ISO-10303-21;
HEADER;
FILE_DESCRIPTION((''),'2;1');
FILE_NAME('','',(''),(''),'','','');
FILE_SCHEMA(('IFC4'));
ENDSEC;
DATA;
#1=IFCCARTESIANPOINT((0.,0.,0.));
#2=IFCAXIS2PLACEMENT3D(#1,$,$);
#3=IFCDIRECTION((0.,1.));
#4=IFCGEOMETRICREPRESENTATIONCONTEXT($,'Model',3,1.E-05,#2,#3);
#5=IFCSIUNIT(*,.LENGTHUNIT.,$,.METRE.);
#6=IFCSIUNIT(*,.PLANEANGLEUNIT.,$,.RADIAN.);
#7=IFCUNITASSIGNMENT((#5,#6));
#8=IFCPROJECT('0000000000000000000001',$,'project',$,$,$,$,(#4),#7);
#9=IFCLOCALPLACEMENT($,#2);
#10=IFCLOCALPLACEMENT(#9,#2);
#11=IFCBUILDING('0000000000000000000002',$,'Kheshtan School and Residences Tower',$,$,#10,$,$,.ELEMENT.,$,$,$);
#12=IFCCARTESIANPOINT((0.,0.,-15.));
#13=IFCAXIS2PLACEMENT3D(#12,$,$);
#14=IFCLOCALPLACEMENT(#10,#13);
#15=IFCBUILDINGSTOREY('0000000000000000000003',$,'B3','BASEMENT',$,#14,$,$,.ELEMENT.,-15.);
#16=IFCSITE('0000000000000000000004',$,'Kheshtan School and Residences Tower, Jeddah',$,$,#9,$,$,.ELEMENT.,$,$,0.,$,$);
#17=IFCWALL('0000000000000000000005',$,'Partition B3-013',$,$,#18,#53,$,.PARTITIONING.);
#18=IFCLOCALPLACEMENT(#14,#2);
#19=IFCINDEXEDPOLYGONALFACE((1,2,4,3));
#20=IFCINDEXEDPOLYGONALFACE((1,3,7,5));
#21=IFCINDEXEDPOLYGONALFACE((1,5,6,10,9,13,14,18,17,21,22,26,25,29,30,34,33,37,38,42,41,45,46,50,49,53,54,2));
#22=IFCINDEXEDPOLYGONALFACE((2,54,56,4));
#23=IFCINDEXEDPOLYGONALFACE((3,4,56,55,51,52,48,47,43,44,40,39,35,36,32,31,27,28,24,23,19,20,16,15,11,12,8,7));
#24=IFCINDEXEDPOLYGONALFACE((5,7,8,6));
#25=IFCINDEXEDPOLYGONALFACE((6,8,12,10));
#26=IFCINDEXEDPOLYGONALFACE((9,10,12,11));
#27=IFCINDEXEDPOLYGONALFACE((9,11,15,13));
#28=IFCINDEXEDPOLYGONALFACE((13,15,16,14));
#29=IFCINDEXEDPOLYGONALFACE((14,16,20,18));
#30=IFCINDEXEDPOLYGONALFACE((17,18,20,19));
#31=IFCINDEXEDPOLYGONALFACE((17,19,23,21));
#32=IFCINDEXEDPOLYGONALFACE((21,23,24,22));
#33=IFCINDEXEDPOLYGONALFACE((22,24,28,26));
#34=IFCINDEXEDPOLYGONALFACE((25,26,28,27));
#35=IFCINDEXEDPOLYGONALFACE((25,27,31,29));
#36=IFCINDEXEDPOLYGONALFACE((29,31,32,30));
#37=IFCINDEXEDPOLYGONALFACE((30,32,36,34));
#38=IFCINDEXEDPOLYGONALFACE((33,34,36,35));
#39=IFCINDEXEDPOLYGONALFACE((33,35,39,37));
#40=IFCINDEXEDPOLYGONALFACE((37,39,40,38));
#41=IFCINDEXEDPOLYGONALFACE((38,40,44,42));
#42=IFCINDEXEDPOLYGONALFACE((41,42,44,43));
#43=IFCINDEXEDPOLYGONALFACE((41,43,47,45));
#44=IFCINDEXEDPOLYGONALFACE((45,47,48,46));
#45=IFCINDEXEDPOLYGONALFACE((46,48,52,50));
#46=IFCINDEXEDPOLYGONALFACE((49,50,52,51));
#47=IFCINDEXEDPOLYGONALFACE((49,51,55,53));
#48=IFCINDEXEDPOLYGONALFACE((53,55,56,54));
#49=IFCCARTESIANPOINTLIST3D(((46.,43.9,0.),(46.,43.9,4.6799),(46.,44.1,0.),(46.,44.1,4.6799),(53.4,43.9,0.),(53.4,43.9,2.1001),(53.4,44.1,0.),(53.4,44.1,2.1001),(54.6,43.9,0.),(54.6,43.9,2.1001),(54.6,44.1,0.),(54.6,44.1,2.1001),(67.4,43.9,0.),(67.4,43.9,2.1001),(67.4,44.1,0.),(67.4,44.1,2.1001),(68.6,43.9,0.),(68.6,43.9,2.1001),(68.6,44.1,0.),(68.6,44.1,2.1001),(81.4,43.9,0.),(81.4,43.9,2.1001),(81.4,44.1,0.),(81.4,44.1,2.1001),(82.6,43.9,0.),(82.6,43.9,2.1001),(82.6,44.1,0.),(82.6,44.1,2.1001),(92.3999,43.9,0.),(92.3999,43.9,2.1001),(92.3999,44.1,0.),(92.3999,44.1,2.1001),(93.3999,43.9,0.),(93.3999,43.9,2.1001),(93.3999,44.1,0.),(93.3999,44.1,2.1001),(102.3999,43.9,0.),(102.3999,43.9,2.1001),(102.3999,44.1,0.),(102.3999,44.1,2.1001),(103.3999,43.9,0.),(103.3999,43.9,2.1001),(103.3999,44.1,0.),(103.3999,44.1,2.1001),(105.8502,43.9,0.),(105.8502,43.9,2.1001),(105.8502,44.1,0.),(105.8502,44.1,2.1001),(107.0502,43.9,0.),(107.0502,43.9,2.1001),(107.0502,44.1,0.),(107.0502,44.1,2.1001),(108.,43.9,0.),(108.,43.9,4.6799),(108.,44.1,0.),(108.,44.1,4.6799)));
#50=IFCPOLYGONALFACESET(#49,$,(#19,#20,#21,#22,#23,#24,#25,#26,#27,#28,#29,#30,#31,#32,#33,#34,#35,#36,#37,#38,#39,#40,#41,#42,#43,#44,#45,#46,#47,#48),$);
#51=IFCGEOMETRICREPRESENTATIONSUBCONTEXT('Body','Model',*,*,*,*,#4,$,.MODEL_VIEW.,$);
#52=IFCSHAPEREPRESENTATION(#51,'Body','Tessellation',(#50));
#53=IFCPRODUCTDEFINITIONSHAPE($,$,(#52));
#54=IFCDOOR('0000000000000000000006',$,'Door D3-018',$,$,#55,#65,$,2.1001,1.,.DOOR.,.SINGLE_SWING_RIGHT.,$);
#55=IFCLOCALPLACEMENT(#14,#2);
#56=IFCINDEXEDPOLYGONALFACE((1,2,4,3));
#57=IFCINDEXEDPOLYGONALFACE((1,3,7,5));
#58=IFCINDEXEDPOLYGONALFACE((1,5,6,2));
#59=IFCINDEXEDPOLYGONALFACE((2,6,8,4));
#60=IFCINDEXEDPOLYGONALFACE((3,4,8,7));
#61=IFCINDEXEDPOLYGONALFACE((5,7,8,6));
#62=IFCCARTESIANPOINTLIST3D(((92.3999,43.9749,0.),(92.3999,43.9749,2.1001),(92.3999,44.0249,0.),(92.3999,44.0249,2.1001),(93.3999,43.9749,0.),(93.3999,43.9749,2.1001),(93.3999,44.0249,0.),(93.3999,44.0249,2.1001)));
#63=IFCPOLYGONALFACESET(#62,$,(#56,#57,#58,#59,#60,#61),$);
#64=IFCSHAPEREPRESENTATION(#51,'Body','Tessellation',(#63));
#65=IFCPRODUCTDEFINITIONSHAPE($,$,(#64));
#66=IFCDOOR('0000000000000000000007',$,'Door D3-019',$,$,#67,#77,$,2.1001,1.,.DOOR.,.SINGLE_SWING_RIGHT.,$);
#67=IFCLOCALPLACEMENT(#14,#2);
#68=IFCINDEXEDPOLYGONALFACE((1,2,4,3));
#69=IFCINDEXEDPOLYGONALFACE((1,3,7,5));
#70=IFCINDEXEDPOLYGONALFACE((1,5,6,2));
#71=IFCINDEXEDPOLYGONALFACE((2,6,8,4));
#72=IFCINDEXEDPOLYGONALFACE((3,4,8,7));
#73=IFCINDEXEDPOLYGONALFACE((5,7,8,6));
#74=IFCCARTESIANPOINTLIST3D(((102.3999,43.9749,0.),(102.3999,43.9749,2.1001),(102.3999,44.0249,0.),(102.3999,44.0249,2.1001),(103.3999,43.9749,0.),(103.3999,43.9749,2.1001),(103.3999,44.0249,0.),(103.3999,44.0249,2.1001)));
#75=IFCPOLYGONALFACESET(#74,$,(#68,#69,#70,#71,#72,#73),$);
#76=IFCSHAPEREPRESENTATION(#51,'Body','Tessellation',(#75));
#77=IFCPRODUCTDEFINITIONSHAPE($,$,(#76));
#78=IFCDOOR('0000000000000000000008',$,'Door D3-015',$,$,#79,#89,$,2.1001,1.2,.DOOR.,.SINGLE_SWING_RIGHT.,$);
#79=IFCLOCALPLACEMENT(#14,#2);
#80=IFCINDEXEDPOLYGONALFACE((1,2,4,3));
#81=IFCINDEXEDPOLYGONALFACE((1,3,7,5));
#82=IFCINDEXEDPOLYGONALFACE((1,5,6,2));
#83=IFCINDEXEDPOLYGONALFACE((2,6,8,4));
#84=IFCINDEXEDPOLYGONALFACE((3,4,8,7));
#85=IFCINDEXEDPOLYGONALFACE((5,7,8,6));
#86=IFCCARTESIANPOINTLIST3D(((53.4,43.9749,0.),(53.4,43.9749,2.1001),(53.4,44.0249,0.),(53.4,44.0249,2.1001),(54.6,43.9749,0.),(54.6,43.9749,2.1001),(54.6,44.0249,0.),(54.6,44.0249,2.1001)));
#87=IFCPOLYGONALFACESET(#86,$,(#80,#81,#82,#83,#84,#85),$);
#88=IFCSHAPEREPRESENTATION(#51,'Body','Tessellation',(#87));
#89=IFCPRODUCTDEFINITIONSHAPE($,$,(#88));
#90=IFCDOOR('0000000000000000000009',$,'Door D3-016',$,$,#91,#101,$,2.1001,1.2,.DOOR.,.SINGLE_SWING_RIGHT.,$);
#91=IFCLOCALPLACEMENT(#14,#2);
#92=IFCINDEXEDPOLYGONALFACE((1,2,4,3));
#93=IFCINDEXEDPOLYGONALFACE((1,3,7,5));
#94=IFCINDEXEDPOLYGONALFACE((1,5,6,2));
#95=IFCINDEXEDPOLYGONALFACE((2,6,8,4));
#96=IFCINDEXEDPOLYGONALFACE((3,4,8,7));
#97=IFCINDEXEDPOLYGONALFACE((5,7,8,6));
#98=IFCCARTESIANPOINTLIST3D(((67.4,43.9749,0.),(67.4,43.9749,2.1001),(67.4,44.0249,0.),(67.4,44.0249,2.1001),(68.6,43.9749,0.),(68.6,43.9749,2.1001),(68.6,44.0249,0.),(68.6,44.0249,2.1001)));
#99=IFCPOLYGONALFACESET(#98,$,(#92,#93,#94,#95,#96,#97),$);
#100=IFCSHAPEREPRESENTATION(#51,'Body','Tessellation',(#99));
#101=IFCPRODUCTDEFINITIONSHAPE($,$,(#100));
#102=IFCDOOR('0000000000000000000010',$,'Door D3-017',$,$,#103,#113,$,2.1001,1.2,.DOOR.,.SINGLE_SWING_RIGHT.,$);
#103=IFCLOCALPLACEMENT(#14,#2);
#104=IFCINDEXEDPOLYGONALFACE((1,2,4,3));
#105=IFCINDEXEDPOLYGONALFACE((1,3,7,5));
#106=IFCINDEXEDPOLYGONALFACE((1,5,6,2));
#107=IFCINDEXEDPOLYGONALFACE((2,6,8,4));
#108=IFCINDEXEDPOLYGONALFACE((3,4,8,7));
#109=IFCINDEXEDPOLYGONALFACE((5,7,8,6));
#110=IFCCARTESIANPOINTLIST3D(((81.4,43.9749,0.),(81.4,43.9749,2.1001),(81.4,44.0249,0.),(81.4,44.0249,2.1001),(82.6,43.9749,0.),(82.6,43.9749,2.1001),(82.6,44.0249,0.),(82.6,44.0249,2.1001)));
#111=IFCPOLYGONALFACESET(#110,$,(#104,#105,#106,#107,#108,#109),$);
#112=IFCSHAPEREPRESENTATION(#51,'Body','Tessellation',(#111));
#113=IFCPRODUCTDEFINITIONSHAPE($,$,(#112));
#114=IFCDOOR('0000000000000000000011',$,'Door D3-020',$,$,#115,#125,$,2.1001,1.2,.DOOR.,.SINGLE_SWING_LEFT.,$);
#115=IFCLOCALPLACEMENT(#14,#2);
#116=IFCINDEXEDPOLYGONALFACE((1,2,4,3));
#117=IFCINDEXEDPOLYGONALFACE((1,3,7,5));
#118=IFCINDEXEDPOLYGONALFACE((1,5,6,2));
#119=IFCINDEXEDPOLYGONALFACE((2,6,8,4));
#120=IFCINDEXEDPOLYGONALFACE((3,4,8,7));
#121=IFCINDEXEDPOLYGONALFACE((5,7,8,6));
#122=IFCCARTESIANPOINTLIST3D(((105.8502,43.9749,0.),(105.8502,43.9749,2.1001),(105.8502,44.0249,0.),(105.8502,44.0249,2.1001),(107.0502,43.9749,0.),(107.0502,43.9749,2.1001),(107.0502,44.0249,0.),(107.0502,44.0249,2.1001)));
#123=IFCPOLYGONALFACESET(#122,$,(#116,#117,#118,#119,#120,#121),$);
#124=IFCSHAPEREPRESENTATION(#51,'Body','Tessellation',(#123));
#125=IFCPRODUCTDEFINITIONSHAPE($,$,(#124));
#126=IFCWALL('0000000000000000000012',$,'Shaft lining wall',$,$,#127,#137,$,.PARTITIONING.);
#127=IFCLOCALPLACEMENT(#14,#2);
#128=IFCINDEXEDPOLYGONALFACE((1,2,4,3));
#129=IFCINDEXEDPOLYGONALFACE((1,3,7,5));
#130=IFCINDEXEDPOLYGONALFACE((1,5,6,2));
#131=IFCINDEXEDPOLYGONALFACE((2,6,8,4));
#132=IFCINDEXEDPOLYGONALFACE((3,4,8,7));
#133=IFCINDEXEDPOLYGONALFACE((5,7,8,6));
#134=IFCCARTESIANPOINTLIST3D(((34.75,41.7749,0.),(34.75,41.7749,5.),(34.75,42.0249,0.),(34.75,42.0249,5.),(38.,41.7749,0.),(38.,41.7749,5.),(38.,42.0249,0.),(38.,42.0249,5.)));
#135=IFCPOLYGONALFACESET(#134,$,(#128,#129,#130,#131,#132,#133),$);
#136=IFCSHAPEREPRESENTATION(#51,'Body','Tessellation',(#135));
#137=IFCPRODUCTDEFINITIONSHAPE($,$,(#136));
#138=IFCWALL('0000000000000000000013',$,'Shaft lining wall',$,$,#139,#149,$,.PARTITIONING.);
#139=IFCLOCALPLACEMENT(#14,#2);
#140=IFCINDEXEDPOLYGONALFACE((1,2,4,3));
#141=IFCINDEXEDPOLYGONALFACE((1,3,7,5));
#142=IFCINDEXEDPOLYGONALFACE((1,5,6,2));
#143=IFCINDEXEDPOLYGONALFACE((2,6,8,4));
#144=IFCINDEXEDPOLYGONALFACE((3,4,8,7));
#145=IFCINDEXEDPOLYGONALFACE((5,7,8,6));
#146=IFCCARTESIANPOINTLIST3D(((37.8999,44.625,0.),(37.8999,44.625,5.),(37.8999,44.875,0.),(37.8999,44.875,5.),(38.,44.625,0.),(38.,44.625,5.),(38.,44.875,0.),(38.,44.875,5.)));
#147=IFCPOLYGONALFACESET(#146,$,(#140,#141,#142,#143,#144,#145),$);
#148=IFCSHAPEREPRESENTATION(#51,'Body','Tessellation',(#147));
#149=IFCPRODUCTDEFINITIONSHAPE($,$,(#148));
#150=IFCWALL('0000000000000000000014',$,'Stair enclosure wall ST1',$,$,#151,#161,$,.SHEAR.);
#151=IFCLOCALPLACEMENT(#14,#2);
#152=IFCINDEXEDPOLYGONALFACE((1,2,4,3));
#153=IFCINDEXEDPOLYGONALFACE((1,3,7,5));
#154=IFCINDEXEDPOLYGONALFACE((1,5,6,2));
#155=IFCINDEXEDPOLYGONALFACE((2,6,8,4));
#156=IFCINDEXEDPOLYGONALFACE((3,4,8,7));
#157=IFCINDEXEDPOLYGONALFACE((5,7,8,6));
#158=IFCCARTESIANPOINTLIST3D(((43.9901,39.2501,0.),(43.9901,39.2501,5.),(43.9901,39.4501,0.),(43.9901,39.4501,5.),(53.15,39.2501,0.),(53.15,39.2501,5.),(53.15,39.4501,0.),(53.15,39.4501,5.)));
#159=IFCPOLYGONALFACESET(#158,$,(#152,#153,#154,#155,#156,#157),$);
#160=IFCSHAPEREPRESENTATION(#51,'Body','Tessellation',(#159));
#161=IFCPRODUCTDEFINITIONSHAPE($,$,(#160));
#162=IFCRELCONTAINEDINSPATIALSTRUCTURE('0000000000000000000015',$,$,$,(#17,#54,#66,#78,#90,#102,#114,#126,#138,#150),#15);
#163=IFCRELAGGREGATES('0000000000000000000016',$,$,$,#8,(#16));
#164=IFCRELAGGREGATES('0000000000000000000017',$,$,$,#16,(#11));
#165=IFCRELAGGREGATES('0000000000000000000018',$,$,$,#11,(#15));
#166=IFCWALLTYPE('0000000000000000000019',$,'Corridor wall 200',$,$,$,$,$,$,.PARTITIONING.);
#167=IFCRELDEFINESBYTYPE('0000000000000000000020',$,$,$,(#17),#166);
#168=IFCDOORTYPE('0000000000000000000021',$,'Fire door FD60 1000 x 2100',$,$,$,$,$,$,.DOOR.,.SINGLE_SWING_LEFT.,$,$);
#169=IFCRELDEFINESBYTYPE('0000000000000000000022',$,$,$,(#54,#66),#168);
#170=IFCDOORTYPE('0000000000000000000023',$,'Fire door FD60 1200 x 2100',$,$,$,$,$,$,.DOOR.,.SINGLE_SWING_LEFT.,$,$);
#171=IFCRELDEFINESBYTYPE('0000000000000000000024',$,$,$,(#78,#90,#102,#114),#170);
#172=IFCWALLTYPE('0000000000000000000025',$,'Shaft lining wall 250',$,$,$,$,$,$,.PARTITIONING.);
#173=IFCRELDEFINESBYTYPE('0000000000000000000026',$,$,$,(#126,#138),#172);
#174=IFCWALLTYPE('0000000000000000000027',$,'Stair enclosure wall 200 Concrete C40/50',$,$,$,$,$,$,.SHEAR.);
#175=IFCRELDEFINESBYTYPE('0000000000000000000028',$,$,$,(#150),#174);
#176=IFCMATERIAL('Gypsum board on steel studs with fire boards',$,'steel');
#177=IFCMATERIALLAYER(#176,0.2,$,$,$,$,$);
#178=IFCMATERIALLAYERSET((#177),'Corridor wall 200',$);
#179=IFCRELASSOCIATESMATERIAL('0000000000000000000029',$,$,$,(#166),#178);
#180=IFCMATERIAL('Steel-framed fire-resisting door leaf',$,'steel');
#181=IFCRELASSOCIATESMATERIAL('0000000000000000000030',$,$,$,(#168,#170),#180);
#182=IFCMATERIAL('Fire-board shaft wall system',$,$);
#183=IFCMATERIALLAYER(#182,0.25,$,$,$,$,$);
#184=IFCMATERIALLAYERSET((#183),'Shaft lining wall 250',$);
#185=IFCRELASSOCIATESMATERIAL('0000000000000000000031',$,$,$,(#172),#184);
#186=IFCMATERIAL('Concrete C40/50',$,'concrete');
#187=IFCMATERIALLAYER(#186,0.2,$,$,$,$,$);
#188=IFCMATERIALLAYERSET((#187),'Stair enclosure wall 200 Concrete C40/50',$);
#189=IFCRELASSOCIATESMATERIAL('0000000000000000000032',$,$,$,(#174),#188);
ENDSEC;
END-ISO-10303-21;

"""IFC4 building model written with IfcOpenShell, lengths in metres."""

from ifc_helpers import new_model, si_unit, direction, frame, frame_2d, origin, place, context, subcontext, project, spatial, rectangle, extrude, source, transform, mapped, material, layer, layer_set, type_object, element, fill, save


model = new_model("IFC4")

# Units and contexts
model_context = context("Model", 3, precision=1e-05, world=origin(), true_north=direction((0.0, 1.0)))
body_context = subcontext(model_context, "Body", "Model", "MODEL_VIEW")
ifc_project = project(units=[si_unit("LENGTHUNIT", "METRE"), si_unit("PLANEANGLEUNIT", "RADIAN")], contexts=[model_context])

# Site, building, storey
site_placement = place(None, origin())
site = spatial("IfcSite", under=ifc_project, at=site_placement, Name="Kheshtan School and Residences Tower, Jeddah", CompositionType="ELEMENT", RefElevation=0.0)
building_placement = place(site_placement, origin())
building = spatial("IfcBuilding", under=site, at=building_placement, Name="Kheshtan School and Residences Tower", CompositionType="ELEMENT")
storey_placement = place(building_placement, frame((0.0, 0.0, -15.0)))
storey = spatial("IfcBuildingStorey", under=building, at=storey_placement, Name="B3", Description="BASEMENT", CompositionType="ELEMENT", Elevation=-15.0)

# Wall, openings, doors
ifc_material_1 = material(Name="Gypsum board on steel studs with fire boards", Category="steel")
ifc_layer_1 = layer(ifc_material_1, 0.2)
ifc_layer_set_1 = layer_set([ifc_layer_1], Name="Corridor wall 200")
wall_type_1 = type_object("IfcWallType", Name="Corridor wall 200", PredefinedType="PARTITIONING", material=ifc_layer_set_1)
wall_1_placement = place(storey_placement, frame((46.0, 44.0, 0.0), z_axis=(0.0, 0.0, 1.0), x_axis=(1.0, 0.0, 0.0)))
wall_1 = element("IfcWall", 1, at=wall_1_placement, inside=storey, type_object=wall_type_1, Name="Partition B3-013", PredefinedType="PARTITIONING", context=body_context, shape_type="SweptSolid", body=[
    extrude(rectangle(XDim=62.0, YDim=0.2, at=frame_2d((31.0, 0.0))), origin(), (0.0, 0.0, 1.0), 4.6799),
])
opening_1_placement = place(wall_1_placement, frame((7.3999, 0.0, 0.0)))
opening_1 = element("IfcOpeningElement", 2, at=opening_1_placement, cuts=wall_1, PredefinedType="OPENING", context=body_context, shape_type="SweptSolid", body=[
    extrude(rectangle(XDim=1.2, YDim=2.1001, at=frame_2d((0.6001, 1.05))), frame((0.0, 0.1099, 0.0), z_axis=(0.0, -1.0, 0.0), x_axis=(1.0, 0.0, 0.0)), (0.0, 0.0, 1.0), 0.22),
])
opening_2_placement = place(wall_1_placement, frame((21.3999, 0.0, 0.0)))
opening_2 = element("IfcOpeningElement", 3, at=opening_2_placement, cuts=wall_1, PredefinedType="OPENING", context=body_context, shape_type="SweptSolid", body=[
    extrude(rectangle(XDim=1.2, YDim=2.1001, at=frame_2d((0.6001, 1.05))), frame((0.0, 0.1099, 0.0), z_axis=(0.0, -1.0, 0.0), x_axis=(1.0, 0.0, 0.0)), (0.0, 0.0, 1.0), 0.22),
])
opening_3_placement = place(wall_1_placement, frame((35.3999, 0.0, 0.0)))
opening_3 = element("IfcOpeningElement", 4, at=opening_3_placement, cuts=wall_1, PredefinedType="OPENING", context=body_context, shape_type="SweptSolid", body=[
    extrude(rectangle(XDim=1.2, YDim=2.1001, at=frame_2d((0.6001, 1.05))), frame((0.0, 0.1099, 0.0), z_axis=(0.0, -1.0, 0.0), x_axis=(1.0, 0.0, 0.0)), (0.0, 0.0, 1.0), 0.22),
])
opening_4_placement = place(wall_1_placement, frame((46.3999, 0.0, 0.0)))
opening_4 = element("IfcOpeningElement", 5, at=opening_4_placement, cuts=wall_1, PredefinedType="OPENING", context=body_context, shape_type="SweptSolid", body=[
    extrude(rectangle(XDim=1.0, YDim=2.1001, at=frame_2d((0.5, 1.05))), frame((0.0, 0.1099, 0.0), z_axis=(0.0, -1.0, 0.0), x_axis=(1.0, 0.0, 0.0)), (0.0, 0.0, 1.0), 0.22),
])
opening_5_placement = place(wall_1_placement, frame((56.3999, 0.0, 0.0)))
opening_5 = element("IfcOpeningElement", 6, at=opening_5_placement, cuts=wall_1, PredefinedType="OPENING", context=body_context, shape_type="SweptSolid", body=[
    extrude(rectangle(XDim=1.0, YDim=2.1001, at=frame_2d((0.5, 1.05))), frame((0.0, 0.1099, 0.0), z_axis=(0.0, -1.0, 0.0), x_axis=(1.0, 0.0, 0.0)), (0.0, 0.0, 1.0), 0.22),
])
opening_6_placement = place(wall_1_placement, frame((59.8501, 0.0, 0.0)))
opening_6 = element("IfcOpeningElement", 7, at=opening_6_placement, cuts=wall_1, PredefinedType="OPENING", context=body_context, shape_type="SweptSolid", body=[
    extrude(rectangle(XDim=1.2, YDim=2.1001, at=frame_2d((0.6001, 1.05))), frame((0.0, 0.1099, 0.0), z_axis=(0.0, -1.0, 0.0), x_axis=(1.0, 0.0, 0.0)), (0.0, 0.0, 1.0), 0.22),
])
ifc_material_2 = material(Name="Steel-framed fire-resisting door leaf", Category="steel")
door_type_1 = type_object("IfcDoorType", Name="Fire door FD60 1000 x 2100", OperationType="SINGLE_SWING_LEFT", PredefinedType="DOOR", material=ifc_material_2)
shared_shape_1 = source(origin(), body_context, "Body", "SweptSolid", [
    extrude(rectangle(XDim=1.0, YDim=2.1001, at=frame_2d((0.5, 1.05))), frame((0.0, 0.0249, 0.0), z_axis=(0.0, -1.0, 0.0), x_axis=(1.0, 0.0, 0.0)), (0.0, 0.0, 1.0), 0.05),
])
door_1_placement = place(opening_4_placement, origin())
door_1 = element("IfcDoor", 8, at=door_1_placement, inside=storey, type_object=door_type_1, Name="Door D3-018", OperationType="SINGLE_SWING_RIGHT", OverallHeight=2.1001, OverallWidth=1.0, PredefinedType="DOOR", context=body_context, shape_type="MappedRepresentation", body=[
    mapped(shared_shape_1, transform((0.0, 0.0, 0.0), x_axis=(1.0, 0.0, 0.0), y_axis=(0.0, 1.0, 0.0), z_axis=(0.0, 0.0, 1.0), scale=1.0)),
])
fill(opening_4, door_1)
door_2_placement = place(opening_5_placement, origin())
door_2 = element("IfcDoor", 9, at=door_2_placement, inside=storey, type_object=door_type_1, Name="Door D3-019", OperationType="SINGLE_SWING_RIGHT", OverallHeight=2.1001, OverallWidth=1.0, PredefinedType="DOOR", context=body_context, shape_type="MappedRepresentation", body=[
    mapped(shared_shape_1, transform((0.0, 0.0, 0.0), x_axis=(1.0, 0.0, 0.0), y_axis=(0.0, 1.0, 0.0), z_axis=(0.0, 0.0, 1.0), scale=1.0)),
])
fill(opening_5, door_2)
door_type_2 = type_object("IfcDoorType", Name="Fire door FD60 1200 x 2100", OperationType="SINGLE_SWING_LEFT", PredefinedType="DOOR", material=ifc_material_2)
shared_shape_2 = source(origin(), body_context, "Body", "SweptSolid", [
    extrude(rectangle(XDim=1.2, YDim=2.1001, at=frame_2d((0.6001, 1.05))), frame((0.0, 0.0249, 0.0), z_axis=(0.0, -1.0, 0.0), x_axis=(1.0, 0.0, 0.0)), (0.0, 0.0, 1.0), 0.05),
])
door_3_placement = place(opening_1_placement, origin())
door_3 = element("IfcDoor", 10, at=door_3_placement, inside=storey, type_object=door_type_2, Name="Door D3-015", OperationType="SINGLE_SWING_RIGHT", OverallHeight=2.1001, OverallWidth=1.2, PredefinedType="DOOR", context=body_context, shape_type="MappedRepresentation", body=[
    mapped(shared_shape_2, transform((0.0, 0.0, 0.0), x_axis=(1.0, 0.0, 0.0), y_axis=(0.0, 1.0, 0.0), z_axis=(0.0, 0.0, 1.0), scale=1.0)),
])
fill(opening_1, door_3)
door_4_placement = place(opening_2_placement, origin())
door_4 = element("IfcDoor", 11, at=door_4_placement, inside=storey, type_object=door_type_2, Name="Door D3-016", OperationType="SINGLE_SWING_RIGHT", OverallHeight=2.1001, OverallWidth=1.2, PredefinedType="DOOR", context=body_context, shape_type="MappedRepresentation", body=[
    mapped(shared_shape_2, transform((0.0, 0.0, 0.0), x_axis=(1.0, 0.0, 0.0), y_axis=(0.0, 1.0, 0.0), z_axis=(0.0, 0.0, 1.0), scale=1.0)),
])
fill(opening_2, door_4)
door_5_placement = place(opening_3_placement, origin())
door_5 = element("IfcDoor", 12, at=door_5_placement, inside=storey, type_object=door_type_2, Name="Door D3-017", OperationType="SINGLE_SWING_RIGHT", OverallHeight=2.1001, OverallWidth=1.2, PredefinedType="DOOR", context=body_context, shape_type="MappedRepresentation", body=[
    mapped(shared_shape_2, transform((0.0, 0.0, 0.0), x_axis=(1.0, 0.0, 0.0), y_axis=(0.0, 1.0, 0.0), z_axis=(0.0, 0.0, 1.0), scale=1.0)),
])
fill(opening_3, door_5)
door_6_placement = place(opening_6_placement, origin())
door_6 = element("IfcDoor", 13, at=door_6_placement, inside=storey, type_object=door_type_2, Name="Door D3-020", OperationType="SINGLE_SWING_LEFT", OverallHeight=2.1001, OverallWidth=1.2, PredefinedType="DOOR", context=body_context, shape_type="MappedRepresentation", body=[
    mapped(shared_shape_2, transform((0.0, 0.0, 0.0), x_axis=(1.0, 0.0, 0.0), y_axis=(0.0, 1.0, 0.0), z_axis=(0.0, 0.0, 1.0), scale=1.0)),
])
fill(opening_6, door_6)

# Walls
ifc_material_3 = material(Name="Fire-board shaft wall system")
ifc_layer_2 = layer(ifc_material_3, 0.25)
ifc_layer_set_2 = layer_set([ifc_layer_2], Name="Shaft lining wall 250")
wall_type_2 = type_object("IfcWallType", Name="Shaft lining wall 250", PredefinedType="PARTITIONING", material=ifc_layer_set_2)
wall_2_placement = place(storey_placement, frame((34.75, 41.8999, 0.0), z_axis=(0.0, 0.0, 1.0), x_axis=(1.0, 0.0, 0.0)))
element("IfcWall", 14, at=wall_2_placement, inside=storey, type_object=wall_type_2, Name="Shaft lining wall", PredefinedType="PARTITIONING", context=body_context, shape_type="SweptSolid", body=[
    extrude(rectangle(XDim=3.25, YDim=0.25, at=frame_2d((1.625, 0.0))), origin(), (0.0, 0.0, 1.0), 5.0),
])
wall_3_placement = place(storey_placement, frame((37.8999, 44.75, 0.0), z_axis=(0.0, 0.0, 1.0), x_axis=(1.0, 0.0, 0.0)))
element("IfcWall", 15, at=wall_3_placement, inside=storey, type_object=wall_type_2, Name="Shaft lining wall", PredefinedType="PARTITIONING", context=body_context, shape_type="SweptSolid", body=[
    extrude(rectangle(XDim=0.1001, YDim=0.25, at=frame_2d((0.05, 0.0))), origin(), (0.0, 0.0, 1.0), 5.0),
])
ifc_material_4 = material(Name="Concrete C40/50", Category="concrete")
ifc_layer_3 = layer(ifc_material_4, 0.2)
ifc_layer_set_3 = layer_set([ifc_layer_3], Name="Stair enclosure wall 200 Concrete C40/50")
wall_type_3 = type_object("IfcWallType", Name="Stair enclosure wall 200 Concrete C40/50", PredefinedType="SHEAR", material=ifc_layer_set_3)
wall_4_placement = place(storey_placement, frame((43.99, 39.3501, 0.0), z_axis=(0.0, 0.0, 1.0), x_axis=(1.0, 0.0, 0.0)))
element("IfcWall", 16, at=wall_4_placement, inside=storey, type_object=wall_type_3, Name="Stair enclosure wall ST1", PredefinedType="SHEAR", context=body_context, shape_type="SweptSolid", body=[
    extrude(rectangle(XDim=9.1599, YDim=0.2, at=frame_2d((4.5801, 0.0))), origin(), (0.0, 0.0, 1.0), 5.0),
])

save(model, "model.ifc")
